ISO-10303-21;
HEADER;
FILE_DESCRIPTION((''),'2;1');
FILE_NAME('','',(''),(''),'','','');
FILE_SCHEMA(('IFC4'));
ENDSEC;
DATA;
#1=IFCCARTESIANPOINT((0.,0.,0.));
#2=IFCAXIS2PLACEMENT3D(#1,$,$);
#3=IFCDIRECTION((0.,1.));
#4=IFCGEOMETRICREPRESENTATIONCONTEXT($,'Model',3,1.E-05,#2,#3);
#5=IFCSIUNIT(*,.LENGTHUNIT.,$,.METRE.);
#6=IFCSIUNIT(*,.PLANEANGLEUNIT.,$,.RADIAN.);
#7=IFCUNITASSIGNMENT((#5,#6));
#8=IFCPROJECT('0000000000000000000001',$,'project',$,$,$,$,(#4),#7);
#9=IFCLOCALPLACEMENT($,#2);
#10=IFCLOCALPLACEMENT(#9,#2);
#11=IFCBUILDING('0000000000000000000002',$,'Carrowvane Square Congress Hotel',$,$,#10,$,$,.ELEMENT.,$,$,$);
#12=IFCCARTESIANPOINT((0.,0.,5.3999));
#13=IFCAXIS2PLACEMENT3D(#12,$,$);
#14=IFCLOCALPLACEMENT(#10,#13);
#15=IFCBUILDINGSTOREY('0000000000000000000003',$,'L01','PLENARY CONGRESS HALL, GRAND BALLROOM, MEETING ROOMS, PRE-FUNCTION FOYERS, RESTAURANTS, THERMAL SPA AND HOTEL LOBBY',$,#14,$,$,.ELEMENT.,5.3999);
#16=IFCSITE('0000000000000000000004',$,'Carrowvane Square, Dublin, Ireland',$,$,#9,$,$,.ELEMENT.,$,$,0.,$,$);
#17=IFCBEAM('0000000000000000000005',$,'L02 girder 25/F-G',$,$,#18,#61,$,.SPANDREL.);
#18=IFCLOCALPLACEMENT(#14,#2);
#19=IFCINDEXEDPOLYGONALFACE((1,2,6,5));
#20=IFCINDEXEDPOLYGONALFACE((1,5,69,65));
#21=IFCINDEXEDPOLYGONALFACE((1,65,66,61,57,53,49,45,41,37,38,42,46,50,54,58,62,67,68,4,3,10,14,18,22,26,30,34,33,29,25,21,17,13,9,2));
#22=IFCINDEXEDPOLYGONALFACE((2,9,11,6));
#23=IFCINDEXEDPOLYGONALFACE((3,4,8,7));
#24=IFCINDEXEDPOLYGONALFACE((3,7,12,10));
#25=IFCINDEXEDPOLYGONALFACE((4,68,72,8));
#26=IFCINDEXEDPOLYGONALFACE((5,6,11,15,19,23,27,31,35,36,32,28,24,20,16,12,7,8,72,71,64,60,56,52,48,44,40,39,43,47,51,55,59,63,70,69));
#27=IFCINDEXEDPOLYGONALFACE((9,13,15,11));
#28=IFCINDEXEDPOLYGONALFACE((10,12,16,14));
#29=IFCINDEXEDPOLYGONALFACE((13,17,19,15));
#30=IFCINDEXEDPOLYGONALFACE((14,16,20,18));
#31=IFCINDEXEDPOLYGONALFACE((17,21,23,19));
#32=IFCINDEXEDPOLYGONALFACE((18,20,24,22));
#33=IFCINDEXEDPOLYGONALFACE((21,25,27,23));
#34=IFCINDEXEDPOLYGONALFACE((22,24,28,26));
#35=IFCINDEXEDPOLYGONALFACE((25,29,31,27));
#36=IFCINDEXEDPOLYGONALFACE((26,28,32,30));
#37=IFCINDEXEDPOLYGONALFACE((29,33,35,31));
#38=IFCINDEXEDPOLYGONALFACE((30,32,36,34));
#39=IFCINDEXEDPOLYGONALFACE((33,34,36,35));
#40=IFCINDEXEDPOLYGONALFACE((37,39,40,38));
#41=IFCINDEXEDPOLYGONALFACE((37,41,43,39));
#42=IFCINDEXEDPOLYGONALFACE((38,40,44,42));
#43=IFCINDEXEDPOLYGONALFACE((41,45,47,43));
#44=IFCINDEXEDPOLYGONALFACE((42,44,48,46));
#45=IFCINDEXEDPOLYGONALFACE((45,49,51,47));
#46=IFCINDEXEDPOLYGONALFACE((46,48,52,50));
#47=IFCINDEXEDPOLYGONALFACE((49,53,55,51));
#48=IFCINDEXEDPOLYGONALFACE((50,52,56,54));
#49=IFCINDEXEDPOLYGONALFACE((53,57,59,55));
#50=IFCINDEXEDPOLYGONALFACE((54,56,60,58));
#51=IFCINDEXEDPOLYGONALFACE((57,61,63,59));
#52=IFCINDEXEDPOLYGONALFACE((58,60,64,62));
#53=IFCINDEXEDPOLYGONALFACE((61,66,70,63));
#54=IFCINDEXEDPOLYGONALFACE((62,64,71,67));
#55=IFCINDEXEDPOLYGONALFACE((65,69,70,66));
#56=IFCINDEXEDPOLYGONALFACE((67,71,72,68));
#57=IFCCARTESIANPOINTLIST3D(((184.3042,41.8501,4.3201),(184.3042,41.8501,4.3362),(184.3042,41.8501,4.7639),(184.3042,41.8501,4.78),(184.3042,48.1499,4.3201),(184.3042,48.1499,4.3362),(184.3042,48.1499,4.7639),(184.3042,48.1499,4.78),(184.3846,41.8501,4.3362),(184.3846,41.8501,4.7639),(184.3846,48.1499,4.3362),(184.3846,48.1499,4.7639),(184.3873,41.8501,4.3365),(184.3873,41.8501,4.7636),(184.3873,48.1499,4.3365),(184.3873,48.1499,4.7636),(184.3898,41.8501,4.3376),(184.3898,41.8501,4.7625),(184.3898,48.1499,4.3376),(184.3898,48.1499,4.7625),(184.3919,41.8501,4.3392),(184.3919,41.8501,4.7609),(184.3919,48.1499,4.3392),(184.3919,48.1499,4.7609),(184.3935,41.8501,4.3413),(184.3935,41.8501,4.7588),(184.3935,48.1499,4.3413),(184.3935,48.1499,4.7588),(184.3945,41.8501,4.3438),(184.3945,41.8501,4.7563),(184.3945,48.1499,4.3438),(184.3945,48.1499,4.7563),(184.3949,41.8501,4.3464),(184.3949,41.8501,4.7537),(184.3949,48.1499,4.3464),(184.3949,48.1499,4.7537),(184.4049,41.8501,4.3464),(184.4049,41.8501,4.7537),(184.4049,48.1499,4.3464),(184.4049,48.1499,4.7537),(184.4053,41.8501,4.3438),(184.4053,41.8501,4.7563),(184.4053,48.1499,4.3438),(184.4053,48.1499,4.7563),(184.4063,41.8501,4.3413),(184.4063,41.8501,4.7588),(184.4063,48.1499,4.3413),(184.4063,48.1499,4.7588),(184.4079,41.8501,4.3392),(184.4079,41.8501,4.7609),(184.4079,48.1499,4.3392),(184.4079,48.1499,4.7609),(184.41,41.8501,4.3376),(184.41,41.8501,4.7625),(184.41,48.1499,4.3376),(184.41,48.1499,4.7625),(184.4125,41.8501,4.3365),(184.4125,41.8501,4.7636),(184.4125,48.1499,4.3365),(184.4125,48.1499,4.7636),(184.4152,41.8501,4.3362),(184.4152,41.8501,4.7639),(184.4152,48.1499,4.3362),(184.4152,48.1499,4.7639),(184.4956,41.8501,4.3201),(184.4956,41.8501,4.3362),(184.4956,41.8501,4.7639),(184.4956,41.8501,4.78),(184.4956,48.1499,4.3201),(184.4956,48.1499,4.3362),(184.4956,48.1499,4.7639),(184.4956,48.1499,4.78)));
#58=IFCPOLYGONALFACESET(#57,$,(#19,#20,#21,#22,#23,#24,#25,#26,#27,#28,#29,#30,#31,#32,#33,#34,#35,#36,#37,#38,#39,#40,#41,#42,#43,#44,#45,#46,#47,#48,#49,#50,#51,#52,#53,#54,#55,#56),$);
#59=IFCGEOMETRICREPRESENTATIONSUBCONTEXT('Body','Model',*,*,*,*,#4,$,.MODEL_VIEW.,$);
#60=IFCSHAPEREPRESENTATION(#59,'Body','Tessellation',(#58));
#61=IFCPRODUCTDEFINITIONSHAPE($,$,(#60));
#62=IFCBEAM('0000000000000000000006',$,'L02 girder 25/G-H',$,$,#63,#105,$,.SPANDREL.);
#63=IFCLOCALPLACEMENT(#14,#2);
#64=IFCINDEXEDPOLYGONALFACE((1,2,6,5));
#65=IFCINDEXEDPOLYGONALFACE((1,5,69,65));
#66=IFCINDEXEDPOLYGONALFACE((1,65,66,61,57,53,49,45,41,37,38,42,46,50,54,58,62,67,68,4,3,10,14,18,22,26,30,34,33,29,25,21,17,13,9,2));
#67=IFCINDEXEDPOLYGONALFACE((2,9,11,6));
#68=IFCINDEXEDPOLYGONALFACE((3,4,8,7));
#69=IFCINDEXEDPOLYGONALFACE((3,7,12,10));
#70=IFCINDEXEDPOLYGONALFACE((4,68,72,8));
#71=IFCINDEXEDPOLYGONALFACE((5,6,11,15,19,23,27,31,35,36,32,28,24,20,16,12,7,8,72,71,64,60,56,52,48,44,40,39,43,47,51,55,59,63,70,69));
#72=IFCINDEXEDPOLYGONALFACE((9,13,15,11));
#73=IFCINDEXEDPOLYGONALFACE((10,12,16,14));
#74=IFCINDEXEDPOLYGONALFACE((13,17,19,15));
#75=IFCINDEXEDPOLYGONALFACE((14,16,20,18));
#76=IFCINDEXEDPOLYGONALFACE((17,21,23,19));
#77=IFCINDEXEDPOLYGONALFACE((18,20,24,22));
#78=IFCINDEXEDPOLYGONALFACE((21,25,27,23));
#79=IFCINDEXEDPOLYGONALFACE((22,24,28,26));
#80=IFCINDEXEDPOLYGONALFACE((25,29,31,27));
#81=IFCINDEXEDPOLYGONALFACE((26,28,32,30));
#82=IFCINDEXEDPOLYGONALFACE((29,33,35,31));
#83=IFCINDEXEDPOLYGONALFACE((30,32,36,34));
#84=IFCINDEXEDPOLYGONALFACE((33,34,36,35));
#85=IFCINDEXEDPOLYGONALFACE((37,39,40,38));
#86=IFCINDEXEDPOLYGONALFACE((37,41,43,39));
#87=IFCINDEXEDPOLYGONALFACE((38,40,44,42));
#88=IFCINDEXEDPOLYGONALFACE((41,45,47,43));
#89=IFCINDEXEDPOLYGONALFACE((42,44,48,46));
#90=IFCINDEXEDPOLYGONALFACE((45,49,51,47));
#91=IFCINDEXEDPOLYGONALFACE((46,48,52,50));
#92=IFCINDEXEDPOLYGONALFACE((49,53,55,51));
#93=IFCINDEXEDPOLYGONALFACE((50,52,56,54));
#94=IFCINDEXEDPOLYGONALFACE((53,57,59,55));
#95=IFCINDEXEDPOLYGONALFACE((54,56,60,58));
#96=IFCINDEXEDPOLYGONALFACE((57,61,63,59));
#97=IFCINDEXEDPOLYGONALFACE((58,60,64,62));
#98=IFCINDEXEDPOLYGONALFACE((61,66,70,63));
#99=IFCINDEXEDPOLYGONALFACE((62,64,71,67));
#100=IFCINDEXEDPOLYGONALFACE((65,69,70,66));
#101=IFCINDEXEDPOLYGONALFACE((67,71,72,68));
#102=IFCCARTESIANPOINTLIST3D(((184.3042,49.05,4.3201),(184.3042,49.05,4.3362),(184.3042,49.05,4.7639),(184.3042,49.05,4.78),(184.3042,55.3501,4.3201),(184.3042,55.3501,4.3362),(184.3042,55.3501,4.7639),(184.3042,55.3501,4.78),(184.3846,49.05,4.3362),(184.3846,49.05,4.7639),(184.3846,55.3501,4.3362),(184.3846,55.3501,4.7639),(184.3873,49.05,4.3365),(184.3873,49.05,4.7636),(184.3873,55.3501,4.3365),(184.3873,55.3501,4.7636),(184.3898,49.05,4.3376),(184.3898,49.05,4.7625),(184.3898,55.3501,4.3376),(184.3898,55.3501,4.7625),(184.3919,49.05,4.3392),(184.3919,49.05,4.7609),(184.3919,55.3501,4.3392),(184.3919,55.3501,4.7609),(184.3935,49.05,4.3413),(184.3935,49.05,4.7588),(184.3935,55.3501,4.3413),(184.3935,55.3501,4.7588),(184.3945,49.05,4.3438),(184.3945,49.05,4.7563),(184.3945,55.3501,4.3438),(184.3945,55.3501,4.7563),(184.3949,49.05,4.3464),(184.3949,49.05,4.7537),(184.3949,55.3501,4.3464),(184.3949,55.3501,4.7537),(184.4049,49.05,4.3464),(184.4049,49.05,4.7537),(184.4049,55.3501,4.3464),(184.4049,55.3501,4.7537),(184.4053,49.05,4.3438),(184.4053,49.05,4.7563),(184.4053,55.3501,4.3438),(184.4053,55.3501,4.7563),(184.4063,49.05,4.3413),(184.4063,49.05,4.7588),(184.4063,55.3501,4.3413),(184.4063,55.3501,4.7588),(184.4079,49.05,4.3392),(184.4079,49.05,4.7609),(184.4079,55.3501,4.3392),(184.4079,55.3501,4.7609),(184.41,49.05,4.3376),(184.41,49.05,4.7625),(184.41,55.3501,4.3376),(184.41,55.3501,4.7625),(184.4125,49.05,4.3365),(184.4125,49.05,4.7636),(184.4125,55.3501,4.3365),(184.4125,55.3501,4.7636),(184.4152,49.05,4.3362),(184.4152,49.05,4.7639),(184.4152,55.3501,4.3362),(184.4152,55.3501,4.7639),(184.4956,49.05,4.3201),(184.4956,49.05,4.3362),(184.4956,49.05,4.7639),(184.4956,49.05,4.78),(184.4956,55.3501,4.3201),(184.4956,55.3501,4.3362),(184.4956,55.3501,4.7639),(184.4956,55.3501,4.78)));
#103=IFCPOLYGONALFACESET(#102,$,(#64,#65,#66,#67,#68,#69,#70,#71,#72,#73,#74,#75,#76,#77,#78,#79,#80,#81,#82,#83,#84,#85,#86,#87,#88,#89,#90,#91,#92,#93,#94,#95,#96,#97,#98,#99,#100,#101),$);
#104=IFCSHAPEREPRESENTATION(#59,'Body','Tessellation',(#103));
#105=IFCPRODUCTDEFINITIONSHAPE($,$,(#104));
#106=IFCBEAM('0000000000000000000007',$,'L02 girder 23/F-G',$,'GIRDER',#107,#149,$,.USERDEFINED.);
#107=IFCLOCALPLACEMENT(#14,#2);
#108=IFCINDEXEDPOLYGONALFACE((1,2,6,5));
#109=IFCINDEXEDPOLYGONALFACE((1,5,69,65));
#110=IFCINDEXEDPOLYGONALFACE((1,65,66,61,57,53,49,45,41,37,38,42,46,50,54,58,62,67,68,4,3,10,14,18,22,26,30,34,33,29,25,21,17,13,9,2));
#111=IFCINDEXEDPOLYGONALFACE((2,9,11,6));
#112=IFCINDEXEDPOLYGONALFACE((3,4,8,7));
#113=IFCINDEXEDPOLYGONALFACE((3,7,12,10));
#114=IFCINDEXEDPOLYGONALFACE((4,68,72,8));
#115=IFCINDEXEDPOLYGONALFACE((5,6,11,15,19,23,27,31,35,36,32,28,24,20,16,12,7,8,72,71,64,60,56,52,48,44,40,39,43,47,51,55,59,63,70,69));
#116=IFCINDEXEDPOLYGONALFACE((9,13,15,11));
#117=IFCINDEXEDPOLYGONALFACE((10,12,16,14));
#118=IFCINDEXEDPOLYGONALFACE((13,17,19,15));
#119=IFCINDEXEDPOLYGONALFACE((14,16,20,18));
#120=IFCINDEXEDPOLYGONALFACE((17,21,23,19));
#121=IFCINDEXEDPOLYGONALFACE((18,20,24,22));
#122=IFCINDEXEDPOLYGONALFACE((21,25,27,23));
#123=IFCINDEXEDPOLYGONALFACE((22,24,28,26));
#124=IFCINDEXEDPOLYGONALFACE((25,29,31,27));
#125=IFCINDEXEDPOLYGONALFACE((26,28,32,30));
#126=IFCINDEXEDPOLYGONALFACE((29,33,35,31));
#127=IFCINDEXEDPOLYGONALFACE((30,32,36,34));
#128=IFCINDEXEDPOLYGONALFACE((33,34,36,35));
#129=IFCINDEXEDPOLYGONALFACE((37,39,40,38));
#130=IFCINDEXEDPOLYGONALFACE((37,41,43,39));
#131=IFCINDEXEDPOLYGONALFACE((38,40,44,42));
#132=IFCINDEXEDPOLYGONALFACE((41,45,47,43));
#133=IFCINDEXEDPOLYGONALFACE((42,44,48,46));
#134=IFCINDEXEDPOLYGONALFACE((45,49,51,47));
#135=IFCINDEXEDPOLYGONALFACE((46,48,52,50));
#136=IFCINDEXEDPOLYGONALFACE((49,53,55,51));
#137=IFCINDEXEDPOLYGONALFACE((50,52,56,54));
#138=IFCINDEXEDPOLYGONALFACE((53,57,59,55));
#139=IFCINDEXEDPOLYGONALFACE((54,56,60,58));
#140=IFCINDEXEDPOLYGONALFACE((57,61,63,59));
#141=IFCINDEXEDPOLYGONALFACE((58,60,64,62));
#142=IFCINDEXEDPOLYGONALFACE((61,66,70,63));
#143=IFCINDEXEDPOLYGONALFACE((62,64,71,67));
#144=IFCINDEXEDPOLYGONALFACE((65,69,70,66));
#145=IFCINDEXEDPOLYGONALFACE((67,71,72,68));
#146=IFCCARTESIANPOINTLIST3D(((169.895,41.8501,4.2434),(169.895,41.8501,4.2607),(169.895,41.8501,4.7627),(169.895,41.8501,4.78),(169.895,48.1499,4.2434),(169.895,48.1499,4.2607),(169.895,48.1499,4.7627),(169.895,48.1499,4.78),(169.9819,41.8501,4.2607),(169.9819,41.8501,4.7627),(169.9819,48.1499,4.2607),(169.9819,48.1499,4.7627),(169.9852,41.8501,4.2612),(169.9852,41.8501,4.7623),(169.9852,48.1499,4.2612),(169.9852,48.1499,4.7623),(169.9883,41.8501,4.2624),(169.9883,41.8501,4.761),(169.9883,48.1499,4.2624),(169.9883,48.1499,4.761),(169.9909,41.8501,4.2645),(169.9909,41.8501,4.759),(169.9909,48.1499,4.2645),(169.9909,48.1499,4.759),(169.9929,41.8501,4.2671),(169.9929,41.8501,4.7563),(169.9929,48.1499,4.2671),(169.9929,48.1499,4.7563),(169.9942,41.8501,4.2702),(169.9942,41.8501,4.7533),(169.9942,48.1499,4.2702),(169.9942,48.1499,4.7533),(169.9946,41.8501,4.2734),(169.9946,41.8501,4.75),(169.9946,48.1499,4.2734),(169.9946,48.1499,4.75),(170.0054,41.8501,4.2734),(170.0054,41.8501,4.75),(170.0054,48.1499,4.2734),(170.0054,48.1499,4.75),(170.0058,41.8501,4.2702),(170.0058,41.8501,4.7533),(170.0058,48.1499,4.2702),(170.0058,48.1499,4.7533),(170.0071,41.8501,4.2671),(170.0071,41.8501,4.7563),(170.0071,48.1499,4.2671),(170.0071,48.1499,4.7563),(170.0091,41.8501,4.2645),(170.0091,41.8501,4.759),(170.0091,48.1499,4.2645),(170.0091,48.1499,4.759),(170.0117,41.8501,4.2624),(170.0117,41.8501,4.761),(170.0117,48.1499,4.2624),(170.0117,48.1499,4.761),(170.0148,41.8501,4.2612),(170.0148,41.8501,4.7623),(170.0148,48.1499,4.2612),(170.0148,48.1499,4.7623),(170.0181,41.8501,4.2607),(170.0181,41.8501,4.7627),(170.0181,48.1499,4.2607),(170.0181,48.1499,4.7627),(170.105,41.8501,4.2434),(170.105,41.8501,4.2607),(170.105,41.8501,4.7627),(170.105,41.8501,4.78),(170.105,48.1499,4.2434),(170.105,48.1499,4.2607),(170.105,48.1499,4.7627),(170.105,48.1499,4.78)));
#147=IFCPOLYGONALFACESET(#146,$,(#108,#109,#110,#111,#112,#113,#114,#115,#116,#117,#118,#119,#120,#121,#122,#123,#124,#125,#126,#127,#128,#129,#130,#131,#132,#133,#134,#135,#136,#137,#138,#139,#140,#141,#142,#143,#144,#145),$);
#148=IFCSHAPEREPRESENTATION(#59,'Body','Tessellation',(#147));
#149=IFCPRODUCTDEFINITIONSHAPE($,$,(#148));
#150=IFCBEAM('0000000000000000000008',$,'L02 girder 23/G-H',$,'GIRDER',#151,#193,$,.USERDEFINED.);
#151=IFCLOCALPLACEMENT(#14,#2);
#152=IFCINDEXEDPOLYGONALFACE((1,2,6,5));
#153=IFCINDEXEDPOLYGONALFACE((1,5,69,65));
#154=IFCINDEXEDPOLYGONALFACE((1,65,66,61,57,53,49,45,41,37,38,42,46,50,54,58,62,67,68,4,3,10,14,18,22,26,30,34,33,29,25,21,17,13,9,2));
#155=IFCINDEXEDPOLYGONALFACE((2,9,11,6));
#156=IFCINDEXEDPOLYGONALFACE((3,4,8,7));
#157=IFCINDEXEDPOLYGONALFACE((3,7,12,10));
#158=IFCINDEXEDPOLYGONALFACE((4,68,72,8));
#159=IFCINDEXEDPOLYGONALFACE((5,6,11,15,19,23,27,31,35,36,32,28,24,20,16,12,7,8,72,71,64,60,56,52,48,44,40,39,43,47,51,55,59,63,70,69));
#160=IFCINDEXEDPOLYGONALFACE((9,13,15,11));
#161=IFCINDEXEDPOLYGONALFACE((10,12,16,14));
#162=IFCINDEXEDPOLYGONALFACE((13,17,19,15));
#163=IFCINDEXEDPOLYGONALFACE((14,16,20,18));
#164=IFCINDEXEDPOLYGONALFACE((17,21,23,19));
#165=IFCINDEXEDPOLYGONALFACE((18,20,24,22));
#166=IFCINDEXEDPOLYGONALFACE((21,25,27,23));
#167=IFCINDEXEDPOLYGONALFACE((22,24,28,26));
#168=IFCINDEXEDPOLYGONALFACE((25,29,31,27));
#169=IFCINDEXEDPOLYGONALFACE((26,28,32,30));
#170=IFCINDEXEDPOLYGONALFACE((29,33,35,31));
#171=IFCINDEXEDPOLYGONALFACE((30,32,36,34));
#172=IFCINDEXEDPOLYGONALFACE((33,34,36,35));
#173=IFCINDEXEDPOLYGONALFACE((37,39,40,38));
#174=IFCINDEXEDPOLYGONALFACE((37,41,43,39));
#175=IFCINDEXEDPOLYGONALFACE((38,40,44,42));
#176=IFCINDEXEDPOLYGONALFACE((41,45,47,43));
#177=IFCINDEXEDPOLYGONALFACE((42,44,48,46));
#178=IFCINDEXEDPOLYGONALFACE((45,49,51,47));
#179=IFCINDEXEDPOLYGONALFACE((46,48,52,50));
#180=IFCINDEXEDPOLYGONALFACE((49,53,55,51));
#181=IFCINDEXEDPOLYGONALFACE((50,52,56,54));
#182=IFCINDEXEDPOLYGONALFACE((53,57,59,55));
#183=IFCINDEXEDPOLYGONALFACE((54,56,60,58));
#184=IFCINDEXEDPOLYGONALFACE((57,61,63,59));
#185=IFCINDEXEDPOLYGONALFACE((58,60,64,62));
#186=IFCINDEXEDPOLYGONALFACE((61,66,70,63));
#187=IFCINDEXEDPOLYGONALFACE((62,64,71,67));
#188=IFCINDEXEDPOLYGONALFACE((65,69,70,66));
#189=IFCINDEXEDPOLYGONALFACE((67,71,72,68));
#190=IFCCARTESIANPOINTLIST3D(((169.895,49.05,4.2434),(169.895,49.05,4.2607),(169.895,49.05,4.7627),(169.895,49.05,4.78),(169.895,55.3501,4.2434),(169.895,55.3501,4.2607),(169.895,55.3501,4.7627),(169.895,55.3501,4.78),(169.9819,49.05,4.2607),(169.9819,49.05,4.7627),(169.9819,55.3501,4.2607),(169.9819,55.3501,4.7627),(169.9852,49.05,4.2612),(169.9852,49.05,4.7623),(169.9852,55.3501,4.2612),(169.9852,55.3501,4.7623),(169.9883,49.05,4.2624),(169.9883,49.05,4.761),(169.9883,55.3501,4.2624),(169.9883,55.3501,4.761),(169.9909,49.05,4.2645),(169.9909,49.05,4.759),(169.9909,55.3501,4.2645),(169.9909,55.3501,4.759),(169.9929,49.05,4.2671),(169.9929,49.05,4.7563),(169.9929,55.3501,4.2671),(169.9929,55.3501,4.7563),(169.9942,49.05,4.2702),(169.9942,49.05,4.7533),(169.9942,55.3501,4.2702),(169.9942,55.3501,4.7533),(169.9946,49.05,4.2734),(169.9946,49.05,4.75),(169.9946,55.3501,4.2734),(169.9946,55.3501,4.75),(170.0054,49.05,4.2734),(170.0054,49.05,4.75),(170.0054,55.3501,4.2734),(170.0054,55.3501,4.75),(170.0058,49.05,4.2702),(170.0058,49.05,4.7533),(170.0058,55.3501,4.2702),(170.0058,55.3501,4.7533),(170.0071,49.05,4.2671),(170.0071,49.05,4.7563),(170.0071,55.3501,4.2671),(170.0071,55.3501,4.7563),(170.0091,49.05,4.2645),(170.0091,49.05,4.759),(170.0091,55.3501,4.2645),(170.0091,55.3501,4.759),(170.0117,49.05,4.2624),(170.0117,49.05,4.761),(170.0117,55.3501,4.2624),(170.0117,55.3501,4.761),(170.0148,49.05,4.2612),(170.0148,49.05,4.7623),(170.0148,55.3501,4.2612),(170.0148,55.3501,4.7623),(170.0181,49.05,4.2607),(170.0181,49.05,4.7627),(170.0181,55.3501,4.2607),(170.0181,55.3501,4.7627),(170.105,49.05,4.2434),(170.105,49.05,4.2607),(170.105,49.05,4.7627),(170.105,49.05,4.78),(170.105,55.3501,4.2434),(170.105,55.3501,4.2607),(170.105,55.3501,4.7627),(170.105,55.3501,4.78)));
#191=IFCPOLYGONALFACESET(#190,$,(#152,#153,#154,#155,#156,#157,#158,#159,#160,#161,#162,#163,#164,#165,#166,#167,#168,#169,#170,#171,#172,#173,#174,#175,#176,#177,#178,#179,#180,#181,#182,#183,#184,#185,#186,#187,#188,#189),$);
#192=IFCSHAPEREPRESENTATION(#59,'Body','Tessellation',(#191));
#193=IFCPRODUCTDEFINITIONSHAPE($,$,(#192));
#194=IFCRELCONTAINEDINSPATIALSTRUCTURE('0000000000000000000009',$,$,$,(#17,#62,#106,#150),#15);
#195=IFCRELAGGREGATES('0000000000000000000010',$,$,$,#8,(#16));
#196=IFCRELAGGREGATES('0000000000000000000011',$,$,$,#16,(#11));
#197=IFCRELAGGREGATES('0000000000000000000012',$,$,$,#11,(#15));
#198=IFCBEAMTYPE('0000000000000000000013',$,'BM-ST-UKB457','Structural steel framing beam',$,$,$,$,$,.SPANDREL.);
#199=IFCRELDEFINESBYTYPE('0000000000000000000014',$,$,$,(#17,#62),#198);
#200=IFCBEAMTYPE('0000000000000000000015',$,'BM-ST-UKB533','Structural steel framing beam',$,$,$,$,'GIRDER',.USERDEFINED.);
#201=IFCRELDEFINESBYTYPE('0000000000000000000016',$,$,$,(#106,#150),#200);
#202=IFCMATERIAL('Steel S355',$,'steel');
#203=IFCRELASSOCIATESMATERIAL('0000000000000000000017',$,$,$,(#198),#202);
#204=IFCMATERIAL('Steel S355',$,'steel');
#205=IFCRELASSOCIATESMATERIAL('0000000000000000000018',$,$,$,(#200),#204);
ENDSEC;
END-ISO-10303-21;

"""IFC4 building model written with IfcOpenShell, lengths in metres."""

from ifc_helpers import new_model, si_unit, direction, frame, origin, origin_2d, place, context, subcontext, project, spatial, i_section, extrude, material, material_profile, profile_set, type_object, element, save


model = new_model("IFC4")

# Units and contexts
model_context = context("Model", 3, precision=1e-05, world=origin(), true_north=direction((0.0, 1.0)))
body_context = subcontext(model_context, "Body", "Model", "MODEL_VIEW")
ifc_project = project(units=[si_unit("LENGTHUNIT", "METRE"), si_unit("PLANEANGLEUNIT", "RADIAN")], contexts=[model_context])

# Site, building, storey
site_placement = place(None, origin())
site = spatial("IfcSite", under=ifc_project, at=site_placement, Name="Carrowvane Square, Dublin, Ireland", CompositionType="ELEMENT", RefElevation=0.0)
building_placement = place(site_placement, origin())
building = spatial("IfcBuilding", under=site, at=building_placement, Name="Carrowvane Square Congress Hotel", CompositionType="ELEMENT")
storey_placement = place(building_placement, frame((0.0, 0.0, 5.3999)))
storey = spatial("IfcBuildingStorey", under=building, at=storey_placement, Name="L01", Description="PLENARY CONGRESS HALL, GRAND BALLROOM, MEETING ROOMS, PRE-FUNCTION FOYERS, RESTAURANTS, THERMAL SPA AND HOTEL LOBBY", CompositionType="ELEMENT", Elevation=5.3999)

# Beams
ifc_material_1 = material(Name="Steel S355", Category="steel")
ifc_material_profile_1 = material_profile(ifc_material_1, i_section(OverallWidth=0.1914, OverallDepth=0.46, WebThickness=0.01, FlangeThickness=0.0161, FilletRadius=0.0103, at=origin_2d()), Name="UKB 457x191x82")
ifc_profile_set_1 = profile_set([ifc_material_profile_1], Name="Steel S355")
beam_type_1 = type_object("IfcBeamType", Name="BM-ST-UKB457", Description="Structural steel framing beam", PredefinedType="SPANDREL", material=ifc_profile_set_1)
beam_1_placement = place(storey_placement, frame((184.3999, 41.8501, 4.55), z_axis=(0.0, 1.0, 0.0), x_axis=(-1.0, 0.0, 0.0)))
element("IfcBeam", 1, at=beam_1_placement, inside=storey, type_object=beam_type_1, Name="L02 girder 25/F-G", PredefinedType="SPANDREL", context=body_context, shape_type="SweptSolid", body=[
    extrude(i_section(OverallWidth=0.1914, OverallDepth=0.46, WebThickness=0.01, FlangeThickness=0.0161, FilletRadius=0.0103, at=origin_2d()), origin(), (0.0, 0.0, 1.0), 6.2998),
])
beam_2_placement = place(storey_placement, frame((184.3999, 49.05, 4.55), z_axis=(0.0, 1.0, 0.0), x_axis=(-1.0, 0.0, 0.0)))
element("IfcBeam", 2, at=beam_2_placement, inside=storey, type_object=beam_type_1, Name="L02 girder 25/G-H", PredefinedType="SPANDREL", context=body_context, shape_type="SweptSolid", body=[
    extrude(i_section(OverallWidth=0.1914, OverallDepth=0.46, WebThickness=0.01, FlangeThickness=0.0161, FilletRadius=0.0103, at=origin_2d()), origin(), (0.0, 0.0, 1.0), 6.3),
])
ifc_material_2 = material(Name="Steel S355", Category="steel")
ifc_material_profile_2 = material_profile(ifc_material_2, i_section(OverallWidth=0.21, OverallDepth=0.5366, WebThickness=0.0107, FlangeThickness=0.0173, FilletRadius=0.0127, at=origin_2d()), Name="UKB 533x210x101")
ifc_profile_set_2 = profile_set([ifc_material_profile_2], Name="Steel S355")
beam_type_2 = type_object("IfcBeamType", Name="BM-ST-UKB533", Description="Structural steel framing beam", ElementType="GIRDER", PredefinedType="USERDEFINED", material=ifc_profile_set_2)
beam_3_placement = place(storey_placement, frame((170.0, 41.8501, 4.5117), z_axis=(0.0, 1.0, 0.0), x_axis=(-1.0, 0.0, 0.0)))
element("IfcBeam", 3, at=beam_3_placement, inside=storey, type_object=beam_type_2, Name="L02 girder 23/F-G", ObjectType="GIRDER", PredefinedType="USERDEFINED", context=body_context, shape_type="SweptSolid", body=[
    extrude(i_section(OverallWidth=0.21, OverallDepth=0.5366, WebThickness=0.0107, FlangeThickness=0.0173, FilletRadius=0.0127, at=origin_2d()), origin(), (0.0, 0.0, 1.0), 6.2998),
])
beam_4_placement = place(storey_placement, frame((170.0, 49.05, 4.5117), z_axis=(0.0, 1.0, 0.0), x_axis=(-1.0, 0.0, 0.0)))
element("IfcBeam", 4, at=beam_4_placement, inside=storey, type_object=beam_type_2, Name="L02 girder 23/G-H", ObjectType="GIRDER", PredefinedType="USERDEFINED", context=body_context, shape_type="SweptSolid", body=[
    extrude(i_section(OverallWidth=0.21, OverallDepth=0.5366, WebThickness=0.0107, FlangeThickness=0.0173, FilletRadius=0.0127, at=origin_2d()), origin(), (0.0, 0.0, 1.0), 6.3),
])

save(model, "model.ifc")
